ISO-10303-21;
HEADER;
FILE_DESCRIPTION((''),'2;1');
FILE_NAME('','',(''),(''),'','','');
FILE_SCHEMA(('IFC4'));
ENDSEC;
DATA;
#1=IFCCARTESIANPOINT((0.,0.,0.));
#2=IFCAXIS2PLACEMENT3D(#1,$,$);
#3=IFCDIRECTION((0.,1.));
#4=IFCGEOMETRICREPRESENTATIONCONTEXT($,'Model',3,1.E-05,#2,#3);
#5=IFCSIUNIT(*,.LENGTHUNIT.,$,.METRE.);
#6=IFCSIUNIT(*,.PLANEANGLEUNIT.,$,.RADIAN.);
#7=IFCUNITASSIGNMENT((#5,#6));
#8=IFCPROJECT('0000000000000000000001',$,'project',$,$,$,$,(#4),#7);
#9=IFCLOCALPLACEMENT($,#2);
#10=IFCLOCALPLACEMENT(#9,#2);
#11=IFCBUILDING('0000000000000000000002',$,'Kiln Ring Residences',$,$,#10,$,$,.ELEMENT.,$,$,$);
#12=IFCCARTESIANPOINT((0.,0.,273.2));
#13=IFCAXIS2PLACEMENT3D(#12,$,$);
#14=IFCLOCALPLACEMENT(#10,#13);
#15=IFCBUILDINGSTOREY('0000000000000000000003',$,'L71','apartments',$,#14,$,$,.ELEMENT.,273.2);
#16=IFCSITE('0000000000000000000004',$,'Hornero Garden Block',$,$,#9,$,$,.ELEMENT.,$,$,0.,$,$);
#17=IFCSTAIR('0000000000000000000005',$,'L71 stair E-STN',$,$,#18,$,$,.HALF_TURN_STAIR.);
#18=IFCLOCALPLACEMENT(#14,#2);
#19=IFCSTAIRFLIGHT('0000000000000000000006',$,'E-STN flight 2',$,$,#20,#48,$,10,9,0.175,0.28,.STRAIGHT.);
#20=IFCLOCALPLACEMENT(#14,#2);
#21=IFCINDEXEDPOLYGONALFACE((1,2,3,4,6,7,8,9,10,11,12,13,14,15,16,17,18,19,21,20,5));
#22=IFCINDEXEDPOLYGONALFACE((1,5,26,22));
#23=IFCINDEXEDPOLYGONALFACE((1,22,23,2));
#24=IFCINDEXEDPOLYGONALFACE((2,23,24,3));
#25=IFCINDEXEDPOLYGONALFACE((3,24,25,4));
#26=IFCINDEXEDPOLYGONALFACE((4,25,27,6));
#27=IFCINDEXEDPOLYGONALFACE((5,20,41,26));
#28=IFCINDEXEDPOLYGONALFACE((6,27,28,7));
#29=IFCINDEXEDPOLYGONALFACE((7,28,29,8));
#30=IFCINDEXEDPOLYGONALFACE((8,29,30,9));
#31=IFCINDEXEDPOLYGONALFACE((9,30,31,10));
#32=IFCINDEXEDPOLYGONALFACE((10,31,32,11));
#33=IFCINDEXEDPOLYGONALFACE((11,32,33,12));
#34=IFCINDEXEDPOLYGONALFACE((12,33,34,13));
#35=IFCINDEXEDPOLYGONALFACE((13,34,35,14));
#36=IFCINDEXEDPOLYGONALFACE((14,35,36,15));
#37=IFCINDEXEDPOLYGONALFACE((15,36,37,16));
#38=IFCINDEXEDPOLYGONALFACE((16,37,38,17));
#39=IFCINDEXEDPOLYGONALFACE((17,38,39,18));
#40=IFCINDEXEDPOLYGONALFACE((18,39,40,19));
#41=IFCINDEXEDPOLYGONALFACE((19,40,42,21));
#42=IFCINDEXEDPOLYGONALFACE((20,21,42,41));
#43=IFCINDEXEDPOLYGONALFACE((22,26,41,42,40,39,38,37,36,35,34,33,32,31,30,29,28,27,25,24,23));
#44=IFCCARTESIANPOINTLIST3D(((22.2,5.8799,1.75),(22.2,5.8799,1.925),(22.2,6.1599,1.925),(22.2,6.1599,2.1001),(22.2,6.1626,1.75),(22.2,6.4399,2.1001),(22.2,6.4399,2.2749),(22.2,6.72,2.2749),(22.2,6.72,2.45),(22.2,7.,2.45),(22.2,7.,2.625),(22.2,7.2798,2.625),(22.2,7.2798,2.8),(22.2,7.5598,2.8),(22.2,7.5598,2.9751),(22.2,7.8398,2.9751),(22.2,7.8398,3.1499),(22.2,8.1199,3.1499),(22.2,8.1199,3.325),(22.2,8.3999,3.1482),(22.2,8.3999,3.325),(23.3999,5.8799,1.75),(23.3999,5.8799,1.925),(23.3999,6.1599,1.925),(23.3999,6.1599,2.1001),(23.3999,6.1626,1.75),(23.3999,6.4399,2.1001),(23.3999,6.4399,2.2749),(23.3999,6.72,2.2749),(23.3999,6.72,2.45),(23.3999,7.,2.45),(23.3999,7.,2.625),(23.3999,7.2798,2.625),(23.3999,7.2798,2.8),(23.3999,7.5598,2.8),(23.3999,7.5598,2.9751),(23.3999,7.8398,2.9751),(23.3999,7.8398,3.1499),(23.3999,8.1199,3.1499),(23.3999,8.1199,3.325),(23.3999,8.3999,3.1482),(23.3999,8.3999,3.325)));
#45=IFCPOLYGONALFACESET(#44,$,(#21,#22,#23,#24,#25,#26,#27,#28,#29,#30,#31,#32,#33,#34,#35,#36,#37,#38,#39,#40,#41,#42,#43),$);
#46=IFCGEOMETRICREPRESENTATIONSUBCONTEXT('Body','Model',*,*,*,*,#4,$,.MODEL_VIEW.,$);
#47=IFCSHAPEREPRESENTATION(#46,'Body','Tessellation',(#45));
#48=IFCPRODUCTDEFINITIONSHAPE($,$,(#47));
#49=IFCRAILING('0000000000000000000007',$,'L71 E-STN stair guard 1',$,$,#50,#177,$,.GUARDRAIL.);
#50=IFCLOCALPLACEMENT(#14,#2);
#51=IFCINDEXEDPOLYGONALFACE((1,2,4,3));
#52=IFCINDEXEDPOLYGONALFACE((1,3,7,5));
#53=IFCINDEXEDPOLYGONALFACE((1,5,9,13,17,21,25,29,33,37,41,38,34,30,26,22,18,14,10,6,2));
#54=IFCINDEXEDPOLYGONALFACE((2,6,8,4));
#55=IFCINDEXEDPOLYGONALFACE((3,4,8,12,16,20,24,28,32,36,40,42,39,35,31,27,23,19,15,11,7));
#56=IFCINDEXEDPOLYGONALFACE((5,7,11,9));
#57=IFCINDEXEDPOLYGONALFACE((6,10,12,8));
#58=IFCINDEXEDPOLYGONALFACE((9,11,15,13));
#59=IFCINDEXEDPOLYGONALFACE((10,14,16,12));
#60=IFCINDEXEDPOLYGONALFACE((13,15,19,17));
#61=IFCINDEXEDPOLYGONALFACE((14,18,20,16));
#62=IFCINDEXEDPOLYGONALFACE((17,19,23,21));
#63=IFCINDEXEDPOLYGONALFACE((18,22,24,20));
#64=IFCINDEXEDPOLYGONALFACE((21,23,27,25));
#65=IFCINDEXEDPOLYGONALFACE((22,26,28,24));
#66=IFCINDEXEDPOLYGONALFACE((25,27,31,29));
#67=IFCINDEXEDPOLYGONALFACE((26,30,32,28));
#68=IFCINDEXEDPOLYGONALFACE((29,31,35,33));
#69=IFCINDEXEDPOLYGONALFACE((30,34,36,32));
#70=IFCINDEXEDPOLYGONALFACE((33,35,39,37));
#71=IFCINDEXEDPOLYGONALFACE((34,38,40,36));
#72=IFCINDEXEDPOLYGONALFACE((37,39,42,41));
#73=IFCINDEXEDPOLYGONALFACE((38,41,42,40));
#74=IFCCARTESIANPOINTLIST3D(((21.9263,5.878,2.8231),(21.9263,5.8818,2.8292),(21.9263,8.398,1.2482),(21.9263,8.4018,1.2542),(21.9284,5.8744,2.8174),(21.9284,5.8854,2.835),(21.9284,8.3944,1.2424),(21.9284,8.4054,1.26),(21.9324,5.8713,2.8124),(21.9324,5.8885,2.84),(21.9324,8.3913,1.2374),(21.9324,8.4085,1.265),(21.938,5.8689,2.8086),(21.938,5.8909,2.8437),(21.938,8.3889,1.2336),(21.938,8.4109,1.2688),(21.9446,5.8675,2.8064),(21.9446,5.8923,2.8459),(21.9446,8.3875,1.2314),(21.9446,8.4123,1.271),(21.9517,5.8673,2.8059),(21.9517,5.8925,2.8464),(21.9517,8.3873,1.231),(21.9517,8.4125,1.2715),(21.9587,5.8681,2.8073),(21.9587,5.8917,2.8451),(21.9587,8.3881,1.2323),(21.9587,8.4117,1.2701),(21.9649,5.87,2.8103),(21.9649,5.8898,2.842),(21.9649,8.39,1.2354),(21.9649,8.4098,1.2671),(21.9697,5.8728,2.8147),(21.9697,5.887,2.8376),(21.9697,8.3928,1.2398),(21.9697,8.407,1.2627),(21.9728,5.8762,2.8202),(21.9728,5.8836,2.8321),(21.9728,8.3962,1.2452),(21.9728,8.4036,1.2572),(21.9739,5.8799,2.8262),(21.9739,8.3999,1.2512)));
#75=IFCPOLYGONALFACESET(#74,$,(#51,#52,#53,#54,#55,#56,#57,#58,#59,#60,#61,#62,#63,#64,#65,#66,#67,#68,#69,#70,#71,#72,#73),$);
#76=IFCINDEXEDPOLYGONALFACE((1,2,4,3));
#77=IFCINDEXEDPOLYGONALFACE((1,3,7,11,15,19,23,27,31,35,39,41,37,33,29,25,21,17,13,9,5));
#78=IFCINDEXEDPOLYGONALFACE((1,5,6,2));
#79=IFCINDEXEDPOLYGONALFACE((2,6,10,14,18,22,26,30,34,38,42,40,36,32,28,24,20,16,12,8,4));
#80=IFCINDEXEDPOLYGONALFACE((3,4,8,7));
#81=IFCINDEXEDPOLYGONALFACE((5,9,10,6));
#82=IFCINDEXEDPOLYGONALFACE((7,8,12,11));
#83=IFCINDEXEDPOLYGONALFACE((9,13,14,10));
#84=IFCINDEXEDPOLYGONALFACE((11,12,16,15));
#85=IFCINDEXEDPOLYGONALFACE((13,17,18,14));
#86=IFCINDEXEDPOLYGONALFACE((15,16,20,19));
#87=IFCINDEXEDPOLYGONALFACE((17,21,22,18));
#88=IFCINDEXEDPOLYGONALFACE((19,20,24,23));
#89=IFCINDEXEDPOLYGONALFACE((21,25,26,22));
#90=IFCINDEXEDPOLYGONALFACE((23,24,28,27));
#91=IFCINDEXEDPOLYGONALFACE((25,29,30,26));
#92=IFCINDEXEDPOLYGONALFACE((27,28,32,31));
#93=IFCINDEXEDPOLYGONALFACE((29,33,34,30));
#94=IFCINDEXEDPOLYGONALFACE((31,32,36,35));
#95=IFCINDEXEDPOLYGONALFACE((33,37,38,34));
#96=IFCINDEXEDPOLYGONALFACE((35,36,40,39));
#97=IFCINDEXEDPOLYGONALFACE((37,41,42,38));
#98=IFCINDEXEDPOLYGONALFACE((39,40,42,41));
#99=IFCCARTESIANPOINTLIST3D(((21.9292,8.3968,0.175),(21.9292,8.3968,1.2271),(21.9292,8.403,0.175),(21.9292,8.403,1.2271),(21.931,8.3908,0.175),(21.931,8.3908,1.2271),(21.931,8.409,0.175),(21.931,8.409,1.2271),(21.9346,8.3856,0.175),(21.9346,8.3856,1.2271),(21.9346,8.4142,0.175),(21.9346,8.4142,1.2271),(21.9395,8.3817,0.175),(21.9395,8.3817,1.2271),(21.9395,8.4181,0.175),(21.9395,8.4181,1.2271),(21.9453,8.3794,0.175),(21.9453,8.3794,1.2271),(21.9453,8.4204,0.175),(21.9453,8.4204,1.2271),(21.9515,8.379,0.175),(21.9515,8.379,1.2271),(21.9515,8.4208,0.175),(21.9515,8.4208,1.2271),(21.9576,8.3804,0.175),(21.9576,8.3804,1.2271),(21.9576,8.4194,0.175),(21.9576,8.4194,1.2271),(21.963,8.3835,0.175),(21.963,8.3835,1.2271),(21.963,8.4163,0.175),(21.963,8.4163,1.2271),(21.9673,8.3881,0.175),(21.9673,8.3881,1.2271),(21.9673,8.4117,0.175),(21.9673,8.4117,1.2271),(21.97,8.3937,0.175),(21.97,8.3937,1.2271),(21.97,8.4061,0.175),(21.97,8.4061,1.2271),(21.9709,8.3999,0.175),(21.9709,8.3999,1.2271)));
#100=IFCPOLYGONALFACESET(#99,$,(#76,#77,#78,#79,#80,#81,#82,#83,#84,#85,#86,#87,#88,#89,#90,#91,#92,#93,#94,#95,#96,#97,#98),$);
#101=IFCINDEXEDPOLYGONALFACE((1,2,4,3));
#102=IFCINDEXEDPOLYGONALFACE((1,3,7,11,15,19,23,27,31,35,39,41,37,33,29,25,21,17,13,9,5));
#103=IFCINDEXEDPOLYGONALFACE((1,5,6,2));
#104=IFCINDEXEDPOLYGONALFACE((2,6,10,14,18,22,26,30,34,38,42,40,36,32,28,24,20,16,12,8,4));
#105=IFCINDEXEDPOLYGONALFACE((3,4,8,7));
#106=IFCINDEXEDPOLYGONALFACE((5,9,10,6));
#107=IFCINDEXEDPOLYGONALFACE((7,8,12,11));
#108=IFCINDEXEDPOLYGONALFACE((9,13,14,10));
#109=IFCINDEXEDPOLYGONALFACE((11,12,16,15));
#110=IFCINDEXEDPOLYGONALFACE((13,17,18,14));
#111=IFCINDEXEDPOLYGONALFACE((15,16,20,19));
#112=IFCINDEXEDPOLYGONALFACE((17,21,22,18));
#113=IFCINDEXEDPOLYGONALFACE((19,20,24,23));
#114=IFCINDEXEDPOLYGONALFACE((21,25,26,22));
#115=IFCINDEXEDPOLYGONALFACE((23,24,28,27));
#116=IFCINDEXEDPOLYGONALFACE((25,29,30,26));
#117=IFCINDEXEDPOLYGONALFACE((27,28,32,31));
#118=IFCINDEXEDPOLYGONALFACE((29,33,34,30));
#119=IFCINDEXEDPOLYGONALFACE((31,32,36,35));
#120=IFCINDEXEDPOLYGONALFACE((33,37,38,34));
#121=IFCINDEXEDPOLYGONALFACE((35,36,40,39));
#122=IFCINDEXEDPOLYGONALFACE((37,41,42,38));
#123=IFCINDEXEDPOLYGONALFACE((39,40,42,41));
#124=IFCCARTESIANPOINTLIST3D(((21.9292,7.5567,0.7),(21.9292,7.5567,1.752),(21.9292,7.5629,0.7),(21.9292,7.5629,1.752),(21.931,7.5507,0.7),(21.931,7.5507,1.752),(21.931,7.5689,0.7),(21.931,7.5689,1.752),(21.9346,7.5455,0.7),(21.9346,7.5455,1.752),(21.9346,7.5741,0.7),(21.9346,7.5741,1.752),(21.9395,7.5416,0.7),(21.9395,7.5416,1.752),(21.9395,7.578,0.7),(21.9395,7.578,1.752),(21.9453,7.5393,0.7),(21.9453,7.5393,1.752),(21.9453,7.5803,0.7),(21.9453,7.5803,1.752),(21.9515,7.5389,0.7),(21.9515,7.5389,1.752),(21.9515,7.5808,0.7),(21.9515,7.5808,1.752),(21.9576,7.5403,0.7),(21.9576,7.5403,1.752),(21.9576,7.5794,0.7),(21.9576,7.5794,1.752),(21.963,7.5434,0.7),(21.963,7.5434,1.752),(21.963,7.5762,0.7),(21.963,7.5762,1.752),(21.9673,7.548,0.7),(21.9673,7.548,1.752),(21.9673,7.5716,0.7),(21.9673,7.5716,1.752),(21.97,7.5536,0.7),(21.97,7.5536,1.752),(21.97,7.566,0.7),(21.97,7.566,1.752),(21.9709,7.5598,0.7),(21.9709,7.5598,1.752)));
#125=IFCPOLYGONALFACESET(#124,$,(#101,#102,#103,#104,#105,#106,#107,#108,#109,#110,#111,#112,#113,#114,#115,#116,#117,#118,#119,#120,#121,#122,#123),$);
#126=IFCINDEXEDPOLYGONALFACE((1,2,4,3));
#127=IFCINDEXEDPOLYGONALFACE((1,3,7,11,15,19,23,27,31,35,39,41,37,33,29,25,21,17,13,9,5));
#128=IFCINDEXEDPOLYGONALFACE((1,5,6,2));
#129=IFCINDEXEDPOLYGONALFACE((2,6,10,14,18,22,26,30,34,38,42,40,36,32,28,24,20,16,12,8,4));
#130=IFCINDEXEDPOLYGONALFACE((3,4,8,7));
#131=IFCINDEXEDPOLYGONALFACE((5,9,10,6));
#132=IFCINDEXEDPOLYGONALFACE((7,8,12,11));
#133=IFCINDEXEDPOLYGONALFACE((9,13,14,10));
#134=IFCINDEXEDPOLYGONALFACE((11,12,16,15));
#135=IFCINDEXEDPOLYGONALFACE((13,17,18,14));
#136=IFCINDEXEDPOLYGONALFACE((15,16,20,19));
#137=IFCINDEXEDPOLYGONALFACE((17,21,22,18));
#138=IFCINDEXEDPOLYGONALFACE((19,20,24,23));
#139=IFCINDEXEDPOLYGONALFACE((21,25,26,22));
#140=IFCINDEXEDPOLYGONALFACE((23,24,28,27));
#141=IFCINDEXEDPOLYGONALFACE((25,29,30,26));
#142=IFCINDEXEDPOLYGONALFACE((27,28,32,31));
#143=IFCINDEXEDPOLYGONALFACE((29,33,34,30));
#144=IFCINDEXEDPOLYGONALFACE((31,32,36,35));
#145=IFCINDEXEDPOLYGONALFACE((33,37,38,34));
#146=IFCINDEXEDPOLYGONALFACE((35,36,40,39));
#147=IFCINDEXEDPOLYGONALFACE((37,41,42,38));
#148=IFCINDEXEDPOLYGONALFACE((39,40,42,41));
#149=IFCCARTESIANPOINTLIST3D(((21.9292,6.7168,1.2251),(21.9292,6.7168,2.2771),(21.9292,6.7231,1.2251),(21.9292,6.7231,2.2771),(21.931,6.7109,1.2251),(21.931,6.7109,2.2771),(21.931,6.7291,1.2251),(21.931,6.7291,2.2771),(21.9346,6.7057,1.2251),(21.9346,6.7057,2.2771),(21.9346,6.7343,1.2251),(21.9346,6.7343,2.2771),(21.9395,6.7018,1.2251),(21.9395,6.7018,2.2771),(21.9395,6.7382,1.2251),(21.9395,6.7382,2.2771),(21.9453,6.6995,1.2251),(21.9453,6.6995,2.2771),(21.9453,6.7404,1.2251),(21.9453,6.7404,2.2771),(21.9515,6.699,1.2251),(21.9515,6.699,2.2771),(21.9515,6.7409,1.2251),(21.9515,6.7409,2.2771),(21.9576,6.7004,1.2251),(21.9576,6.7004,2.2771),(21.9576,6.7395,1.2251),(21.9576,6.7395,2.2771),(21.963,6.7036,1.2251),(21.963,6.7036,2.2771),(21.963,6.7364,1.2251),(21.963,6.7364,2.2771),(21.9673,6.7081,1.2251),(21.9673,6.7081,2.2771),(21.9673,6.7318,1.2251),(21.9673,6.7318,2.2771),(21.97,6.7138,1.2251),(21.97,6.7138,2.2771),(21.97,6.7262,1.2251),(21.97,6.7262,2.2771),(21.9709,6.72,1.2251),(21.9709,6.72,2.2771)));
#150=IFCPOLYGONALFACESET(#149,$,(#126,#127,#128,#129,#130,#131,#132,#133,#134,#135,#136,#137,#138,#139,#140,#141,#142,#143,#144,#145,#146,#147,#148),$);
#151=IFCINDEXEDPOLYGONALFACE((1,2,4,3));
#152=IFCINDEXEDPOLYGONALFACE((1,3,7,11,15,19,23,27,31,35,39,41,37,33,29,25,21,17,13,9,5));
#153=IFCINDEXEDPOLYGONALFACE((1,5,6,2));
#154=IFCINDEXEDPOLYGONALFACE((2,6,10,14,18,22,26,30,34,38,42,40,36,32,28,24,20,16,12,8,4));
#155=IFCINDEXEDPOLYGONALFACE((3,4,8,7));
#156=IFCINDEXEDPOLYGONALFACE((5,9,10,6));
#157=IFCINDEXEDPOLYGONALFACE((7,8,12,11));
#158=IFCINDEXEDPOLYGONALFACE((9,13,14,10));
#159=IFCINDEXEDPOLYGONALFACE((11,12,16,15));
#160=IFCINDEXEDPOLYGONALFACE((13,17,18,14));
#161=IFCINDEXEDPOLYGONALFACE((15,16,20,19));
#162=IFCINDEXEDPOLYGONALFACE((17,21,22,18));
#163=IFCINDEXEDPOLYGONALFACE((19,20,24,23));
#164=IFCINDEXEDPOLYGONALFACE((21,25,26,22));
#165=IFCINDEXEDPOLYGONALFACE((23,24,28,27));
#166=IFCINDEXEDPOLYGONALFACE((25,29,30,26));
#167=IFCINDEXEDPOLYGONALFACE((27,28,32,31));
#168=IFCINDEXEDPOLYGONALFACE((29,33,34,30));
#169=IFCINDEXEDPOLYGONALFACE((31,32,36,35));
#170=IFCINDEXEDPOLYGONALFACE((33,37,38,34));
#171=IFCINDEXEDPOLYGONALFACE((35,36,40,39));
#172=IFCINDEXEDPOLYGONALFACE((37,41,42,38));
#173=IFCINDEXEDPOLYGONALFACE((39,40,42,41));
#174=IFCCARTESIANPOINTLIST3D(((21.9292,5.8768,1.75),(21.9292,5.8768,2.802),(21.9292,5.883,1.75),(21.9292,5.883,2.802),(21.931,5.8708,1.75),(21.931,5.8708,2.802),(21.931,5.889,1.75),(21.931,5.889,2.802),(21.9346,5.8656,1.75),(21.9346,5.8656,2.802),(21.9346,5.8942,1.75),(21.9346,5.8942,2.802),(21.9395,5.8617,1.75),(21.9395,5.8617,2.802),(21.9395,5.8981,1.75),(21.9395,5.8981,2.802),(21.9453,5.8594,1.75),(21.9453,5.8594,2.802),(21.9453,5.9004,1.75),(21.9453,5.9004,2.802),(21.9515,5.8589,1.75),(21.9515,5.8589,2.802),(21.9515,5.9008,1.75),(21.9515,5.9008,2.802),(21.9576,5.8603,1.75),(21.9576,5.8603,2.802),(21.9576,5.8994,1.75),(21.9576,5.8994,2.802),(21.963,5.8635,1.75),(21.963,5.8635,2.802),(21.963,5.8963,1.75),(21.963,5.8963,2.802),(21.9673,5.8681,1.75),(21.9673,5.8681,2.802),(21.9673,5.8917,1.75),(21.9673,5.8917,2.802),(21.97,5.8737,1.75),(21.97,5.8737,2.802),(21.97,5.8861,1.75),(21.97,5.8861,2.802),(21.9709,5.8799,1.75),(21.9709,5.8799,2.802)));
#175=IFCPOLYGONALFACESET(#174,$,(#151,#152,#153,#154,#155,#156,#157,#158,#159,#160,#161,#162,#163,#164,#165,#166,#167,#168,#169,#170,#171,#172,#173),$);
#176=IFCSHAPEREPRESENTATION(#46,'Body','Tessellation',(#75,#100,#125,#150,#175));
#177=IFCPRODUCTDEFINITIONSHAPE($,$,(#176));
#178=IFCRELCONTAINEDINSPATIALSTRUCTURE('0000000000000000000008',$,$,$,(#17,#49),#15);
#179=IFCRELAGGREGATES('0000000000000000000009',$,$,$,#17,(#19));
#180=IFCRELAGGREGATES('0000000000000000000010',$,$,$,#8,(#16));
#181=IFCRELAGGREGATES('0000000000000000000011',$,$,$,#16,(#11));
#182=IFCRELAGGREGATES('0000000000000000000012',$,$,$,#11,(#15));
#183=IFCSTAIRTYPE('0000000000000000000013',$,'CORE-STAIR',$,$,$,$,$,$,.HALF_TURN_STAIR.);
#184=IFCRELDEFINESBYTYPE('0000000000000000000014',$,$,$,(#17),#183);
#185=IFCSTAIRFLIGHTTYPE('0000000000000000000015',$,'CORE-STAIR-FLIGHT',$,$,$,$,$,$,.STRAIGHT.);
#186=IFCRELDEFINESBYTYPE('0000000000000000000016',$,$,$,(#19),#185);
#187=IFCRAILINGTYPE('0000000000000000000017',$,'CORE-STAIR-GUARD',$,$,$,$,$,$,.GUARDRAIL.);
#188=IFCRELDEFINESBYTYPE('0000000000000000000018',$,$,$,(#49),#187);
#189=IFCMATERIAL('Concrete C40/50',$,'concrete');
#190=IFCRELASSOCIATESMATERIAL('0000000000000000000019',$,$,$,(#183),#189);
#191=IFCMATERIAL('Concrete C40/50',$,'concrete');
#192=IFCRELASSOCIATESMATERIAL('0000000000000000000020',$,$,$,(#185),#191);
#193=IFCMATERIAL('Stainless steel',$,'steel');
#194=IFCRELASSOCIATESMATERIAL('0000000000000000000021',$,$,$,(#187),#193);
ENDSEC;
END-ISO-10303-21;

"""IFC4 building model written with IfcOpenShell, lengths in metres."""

from ifc_helpers import new_model, si_unit, direction, frame, origin, origin_2d, place, context, subcontext, project, spatial, polyline, circle, outline, extrude, material, type_object, element, aggregate, save


model = new_model("IFC4")

# Units and contexts
model_context = context("Model", 3, precision=1e-05, world=origin(), true_north=direction((0.0, 1.0)))
body_context = subcontext(model_context, "Body", "Model", "MODEL_VIEW")
ifc_project = project(units=[si_unit("LENGTHUNIT", "METRE"), si_unit("PLANEANGLEUNIT", "RADIAN")], contexts=[model_context])

# Site, building, storey
site_placement = place(None, origin())
site = spatial("IfcSite", under=ifc_project, at=site_placement, Name="Hornero Garden Block", CompositionType="ELEMENT", RefElevation=0.0)
building_placement = place(site_placement, origin())
building = spatial("IfcBuilding", under=site, at=building_placement, Name="Kiln Ring Residences", CompositionType="ELEMENT")
storey_placement = place(building_placement, frame((0.0, 0.0, 273.2)))
storey = spatial("IfcBuildingStorey", under=building, at=storey_placement, Name="L71", Description="apartments", CompositionType="ELEMENT", Elevation=273.2)

# Stair, stair flight
ifc_material_1 = material(Name="Concrete C40/50", Category="concrete")
stair_type = type_object("IfcStairType", Name="CORE-STAIR", PredefinedType="HALF_TURN_STAIR", material=ifc_material_1)
stair_placement = place(storey_placement, origin())
stair = element("IfcStair", 1, at=stair_placement, inside=storey, type_object=stair_type, Name="L71 stair E-STN", PredefinedType="HALF_TURN_STAIR")
ifc_material_2 = material(Name="Concrete C40/50", Category="concrete")
stair_flight_type = type_object("IfcStairFlightType", Name="CORE-STAIR-FLIGHT", PredefinedType="STRAIGHT", material=ifc_material_2)
stair_flight_1_placement = place(storey_placement, frame((22.8, 5.8799, 1.75), z_axis=(0.0, 0.0, 1.0), x_axis=(0.0, 1.0, 0.0)))
stair_flight_1 = element("IfcStairFlight", 2, at=stair_flight_1_placement, type_object=stair_flight_type, Name="E-STN flight 2", NumberOfRisers=10, NumberOfTreads=9, PredefinedType="STRAIGHT", RiserHeight=0.175, TreadLength=0.28, context=body_context, shape_type="SweptSolid", body=[
    extrude(outline(polyline([(0.0, 0.0), (0.0, 0.175), (0.28, 0.175), (0.28, 0.3501), (0.5601, 0.3501), (0.5601, 0.5249), (0.8401, 0.5249), (0.8401, 0.7), (1.1201, 0.7), (1.1201, 0.875), (1.3999, 0.875), (1.3999, 1.05), (1.6799, 1.05), (1.6799, 1.2251), (1.96, 1.2251), (1.96, 1.3999), (2.24, 1.3999), (2.24, 1.575), (2.52, 1.575), (2.52, 1.75), (2.52, 1.3982), (0.2827, 0.0), (0.0, 0.0)])), frame((0.0, 0.6001, 0.0), z_axis=(0.0, -1.0, 0.0), x_axis=(1.0, 0.0, 0.0)), (0.0, 0.0, 1.0), 1.2),
])
aggregate(stair, [stair_flight_1])

# Railing
ifc_material_3 = material(Name="Stainless steel", Category="steel")
railing_type_1 = type_object("IfcRailingType", Name="CORE-STAIR-GUARD", PredefinedType="GUARDRAIL", material=ifc_material_3)
railing_1_placement = place(storey_placement, frame((21.95, 8.3999, 0.175)))
element("IfcRailing", 3, at=railing_1_placement, inside=storey, type_object=railing_type_1, Name="L71 E-STN stair guard 1", PredefinedType="GUARDRAIL", context=body_context, shape_type="SweptSolid", body=[
    extrude(circle(Radius=0.0239, at=origin_2d()), frame((0.0, 0.0, 1.0762), z_axis=(0.0, -0.848008, 0.529984), x_axis=(1.0, 0.0, 0.0)), (0.0, 0.0, 1.0), 2.9717),
    extrude(circle(Radius=0.021, at=origin_2d()), origin(), (0.0, 0.0, 1.0), 1.052),
    extrude(circle(Radius=0.021, at=origin_2d()), frame((0.0, -0.8401, 0.5249)), (0.0, 0.0, 1.0), 1.052),
    extrude(circle(Radius=0.021, at=origin_2d()), frame((0.0, -1.6799, 1.05)), (0.0, 0.0, 1.0), 1.052),
    extrude(circle(Radius=0.021, at=origin_2d()), frame((0.0, -2.52, 1.575)), (0.0, 0.0, 1.0), 1.052),
])

save(model, "model.ifc")
